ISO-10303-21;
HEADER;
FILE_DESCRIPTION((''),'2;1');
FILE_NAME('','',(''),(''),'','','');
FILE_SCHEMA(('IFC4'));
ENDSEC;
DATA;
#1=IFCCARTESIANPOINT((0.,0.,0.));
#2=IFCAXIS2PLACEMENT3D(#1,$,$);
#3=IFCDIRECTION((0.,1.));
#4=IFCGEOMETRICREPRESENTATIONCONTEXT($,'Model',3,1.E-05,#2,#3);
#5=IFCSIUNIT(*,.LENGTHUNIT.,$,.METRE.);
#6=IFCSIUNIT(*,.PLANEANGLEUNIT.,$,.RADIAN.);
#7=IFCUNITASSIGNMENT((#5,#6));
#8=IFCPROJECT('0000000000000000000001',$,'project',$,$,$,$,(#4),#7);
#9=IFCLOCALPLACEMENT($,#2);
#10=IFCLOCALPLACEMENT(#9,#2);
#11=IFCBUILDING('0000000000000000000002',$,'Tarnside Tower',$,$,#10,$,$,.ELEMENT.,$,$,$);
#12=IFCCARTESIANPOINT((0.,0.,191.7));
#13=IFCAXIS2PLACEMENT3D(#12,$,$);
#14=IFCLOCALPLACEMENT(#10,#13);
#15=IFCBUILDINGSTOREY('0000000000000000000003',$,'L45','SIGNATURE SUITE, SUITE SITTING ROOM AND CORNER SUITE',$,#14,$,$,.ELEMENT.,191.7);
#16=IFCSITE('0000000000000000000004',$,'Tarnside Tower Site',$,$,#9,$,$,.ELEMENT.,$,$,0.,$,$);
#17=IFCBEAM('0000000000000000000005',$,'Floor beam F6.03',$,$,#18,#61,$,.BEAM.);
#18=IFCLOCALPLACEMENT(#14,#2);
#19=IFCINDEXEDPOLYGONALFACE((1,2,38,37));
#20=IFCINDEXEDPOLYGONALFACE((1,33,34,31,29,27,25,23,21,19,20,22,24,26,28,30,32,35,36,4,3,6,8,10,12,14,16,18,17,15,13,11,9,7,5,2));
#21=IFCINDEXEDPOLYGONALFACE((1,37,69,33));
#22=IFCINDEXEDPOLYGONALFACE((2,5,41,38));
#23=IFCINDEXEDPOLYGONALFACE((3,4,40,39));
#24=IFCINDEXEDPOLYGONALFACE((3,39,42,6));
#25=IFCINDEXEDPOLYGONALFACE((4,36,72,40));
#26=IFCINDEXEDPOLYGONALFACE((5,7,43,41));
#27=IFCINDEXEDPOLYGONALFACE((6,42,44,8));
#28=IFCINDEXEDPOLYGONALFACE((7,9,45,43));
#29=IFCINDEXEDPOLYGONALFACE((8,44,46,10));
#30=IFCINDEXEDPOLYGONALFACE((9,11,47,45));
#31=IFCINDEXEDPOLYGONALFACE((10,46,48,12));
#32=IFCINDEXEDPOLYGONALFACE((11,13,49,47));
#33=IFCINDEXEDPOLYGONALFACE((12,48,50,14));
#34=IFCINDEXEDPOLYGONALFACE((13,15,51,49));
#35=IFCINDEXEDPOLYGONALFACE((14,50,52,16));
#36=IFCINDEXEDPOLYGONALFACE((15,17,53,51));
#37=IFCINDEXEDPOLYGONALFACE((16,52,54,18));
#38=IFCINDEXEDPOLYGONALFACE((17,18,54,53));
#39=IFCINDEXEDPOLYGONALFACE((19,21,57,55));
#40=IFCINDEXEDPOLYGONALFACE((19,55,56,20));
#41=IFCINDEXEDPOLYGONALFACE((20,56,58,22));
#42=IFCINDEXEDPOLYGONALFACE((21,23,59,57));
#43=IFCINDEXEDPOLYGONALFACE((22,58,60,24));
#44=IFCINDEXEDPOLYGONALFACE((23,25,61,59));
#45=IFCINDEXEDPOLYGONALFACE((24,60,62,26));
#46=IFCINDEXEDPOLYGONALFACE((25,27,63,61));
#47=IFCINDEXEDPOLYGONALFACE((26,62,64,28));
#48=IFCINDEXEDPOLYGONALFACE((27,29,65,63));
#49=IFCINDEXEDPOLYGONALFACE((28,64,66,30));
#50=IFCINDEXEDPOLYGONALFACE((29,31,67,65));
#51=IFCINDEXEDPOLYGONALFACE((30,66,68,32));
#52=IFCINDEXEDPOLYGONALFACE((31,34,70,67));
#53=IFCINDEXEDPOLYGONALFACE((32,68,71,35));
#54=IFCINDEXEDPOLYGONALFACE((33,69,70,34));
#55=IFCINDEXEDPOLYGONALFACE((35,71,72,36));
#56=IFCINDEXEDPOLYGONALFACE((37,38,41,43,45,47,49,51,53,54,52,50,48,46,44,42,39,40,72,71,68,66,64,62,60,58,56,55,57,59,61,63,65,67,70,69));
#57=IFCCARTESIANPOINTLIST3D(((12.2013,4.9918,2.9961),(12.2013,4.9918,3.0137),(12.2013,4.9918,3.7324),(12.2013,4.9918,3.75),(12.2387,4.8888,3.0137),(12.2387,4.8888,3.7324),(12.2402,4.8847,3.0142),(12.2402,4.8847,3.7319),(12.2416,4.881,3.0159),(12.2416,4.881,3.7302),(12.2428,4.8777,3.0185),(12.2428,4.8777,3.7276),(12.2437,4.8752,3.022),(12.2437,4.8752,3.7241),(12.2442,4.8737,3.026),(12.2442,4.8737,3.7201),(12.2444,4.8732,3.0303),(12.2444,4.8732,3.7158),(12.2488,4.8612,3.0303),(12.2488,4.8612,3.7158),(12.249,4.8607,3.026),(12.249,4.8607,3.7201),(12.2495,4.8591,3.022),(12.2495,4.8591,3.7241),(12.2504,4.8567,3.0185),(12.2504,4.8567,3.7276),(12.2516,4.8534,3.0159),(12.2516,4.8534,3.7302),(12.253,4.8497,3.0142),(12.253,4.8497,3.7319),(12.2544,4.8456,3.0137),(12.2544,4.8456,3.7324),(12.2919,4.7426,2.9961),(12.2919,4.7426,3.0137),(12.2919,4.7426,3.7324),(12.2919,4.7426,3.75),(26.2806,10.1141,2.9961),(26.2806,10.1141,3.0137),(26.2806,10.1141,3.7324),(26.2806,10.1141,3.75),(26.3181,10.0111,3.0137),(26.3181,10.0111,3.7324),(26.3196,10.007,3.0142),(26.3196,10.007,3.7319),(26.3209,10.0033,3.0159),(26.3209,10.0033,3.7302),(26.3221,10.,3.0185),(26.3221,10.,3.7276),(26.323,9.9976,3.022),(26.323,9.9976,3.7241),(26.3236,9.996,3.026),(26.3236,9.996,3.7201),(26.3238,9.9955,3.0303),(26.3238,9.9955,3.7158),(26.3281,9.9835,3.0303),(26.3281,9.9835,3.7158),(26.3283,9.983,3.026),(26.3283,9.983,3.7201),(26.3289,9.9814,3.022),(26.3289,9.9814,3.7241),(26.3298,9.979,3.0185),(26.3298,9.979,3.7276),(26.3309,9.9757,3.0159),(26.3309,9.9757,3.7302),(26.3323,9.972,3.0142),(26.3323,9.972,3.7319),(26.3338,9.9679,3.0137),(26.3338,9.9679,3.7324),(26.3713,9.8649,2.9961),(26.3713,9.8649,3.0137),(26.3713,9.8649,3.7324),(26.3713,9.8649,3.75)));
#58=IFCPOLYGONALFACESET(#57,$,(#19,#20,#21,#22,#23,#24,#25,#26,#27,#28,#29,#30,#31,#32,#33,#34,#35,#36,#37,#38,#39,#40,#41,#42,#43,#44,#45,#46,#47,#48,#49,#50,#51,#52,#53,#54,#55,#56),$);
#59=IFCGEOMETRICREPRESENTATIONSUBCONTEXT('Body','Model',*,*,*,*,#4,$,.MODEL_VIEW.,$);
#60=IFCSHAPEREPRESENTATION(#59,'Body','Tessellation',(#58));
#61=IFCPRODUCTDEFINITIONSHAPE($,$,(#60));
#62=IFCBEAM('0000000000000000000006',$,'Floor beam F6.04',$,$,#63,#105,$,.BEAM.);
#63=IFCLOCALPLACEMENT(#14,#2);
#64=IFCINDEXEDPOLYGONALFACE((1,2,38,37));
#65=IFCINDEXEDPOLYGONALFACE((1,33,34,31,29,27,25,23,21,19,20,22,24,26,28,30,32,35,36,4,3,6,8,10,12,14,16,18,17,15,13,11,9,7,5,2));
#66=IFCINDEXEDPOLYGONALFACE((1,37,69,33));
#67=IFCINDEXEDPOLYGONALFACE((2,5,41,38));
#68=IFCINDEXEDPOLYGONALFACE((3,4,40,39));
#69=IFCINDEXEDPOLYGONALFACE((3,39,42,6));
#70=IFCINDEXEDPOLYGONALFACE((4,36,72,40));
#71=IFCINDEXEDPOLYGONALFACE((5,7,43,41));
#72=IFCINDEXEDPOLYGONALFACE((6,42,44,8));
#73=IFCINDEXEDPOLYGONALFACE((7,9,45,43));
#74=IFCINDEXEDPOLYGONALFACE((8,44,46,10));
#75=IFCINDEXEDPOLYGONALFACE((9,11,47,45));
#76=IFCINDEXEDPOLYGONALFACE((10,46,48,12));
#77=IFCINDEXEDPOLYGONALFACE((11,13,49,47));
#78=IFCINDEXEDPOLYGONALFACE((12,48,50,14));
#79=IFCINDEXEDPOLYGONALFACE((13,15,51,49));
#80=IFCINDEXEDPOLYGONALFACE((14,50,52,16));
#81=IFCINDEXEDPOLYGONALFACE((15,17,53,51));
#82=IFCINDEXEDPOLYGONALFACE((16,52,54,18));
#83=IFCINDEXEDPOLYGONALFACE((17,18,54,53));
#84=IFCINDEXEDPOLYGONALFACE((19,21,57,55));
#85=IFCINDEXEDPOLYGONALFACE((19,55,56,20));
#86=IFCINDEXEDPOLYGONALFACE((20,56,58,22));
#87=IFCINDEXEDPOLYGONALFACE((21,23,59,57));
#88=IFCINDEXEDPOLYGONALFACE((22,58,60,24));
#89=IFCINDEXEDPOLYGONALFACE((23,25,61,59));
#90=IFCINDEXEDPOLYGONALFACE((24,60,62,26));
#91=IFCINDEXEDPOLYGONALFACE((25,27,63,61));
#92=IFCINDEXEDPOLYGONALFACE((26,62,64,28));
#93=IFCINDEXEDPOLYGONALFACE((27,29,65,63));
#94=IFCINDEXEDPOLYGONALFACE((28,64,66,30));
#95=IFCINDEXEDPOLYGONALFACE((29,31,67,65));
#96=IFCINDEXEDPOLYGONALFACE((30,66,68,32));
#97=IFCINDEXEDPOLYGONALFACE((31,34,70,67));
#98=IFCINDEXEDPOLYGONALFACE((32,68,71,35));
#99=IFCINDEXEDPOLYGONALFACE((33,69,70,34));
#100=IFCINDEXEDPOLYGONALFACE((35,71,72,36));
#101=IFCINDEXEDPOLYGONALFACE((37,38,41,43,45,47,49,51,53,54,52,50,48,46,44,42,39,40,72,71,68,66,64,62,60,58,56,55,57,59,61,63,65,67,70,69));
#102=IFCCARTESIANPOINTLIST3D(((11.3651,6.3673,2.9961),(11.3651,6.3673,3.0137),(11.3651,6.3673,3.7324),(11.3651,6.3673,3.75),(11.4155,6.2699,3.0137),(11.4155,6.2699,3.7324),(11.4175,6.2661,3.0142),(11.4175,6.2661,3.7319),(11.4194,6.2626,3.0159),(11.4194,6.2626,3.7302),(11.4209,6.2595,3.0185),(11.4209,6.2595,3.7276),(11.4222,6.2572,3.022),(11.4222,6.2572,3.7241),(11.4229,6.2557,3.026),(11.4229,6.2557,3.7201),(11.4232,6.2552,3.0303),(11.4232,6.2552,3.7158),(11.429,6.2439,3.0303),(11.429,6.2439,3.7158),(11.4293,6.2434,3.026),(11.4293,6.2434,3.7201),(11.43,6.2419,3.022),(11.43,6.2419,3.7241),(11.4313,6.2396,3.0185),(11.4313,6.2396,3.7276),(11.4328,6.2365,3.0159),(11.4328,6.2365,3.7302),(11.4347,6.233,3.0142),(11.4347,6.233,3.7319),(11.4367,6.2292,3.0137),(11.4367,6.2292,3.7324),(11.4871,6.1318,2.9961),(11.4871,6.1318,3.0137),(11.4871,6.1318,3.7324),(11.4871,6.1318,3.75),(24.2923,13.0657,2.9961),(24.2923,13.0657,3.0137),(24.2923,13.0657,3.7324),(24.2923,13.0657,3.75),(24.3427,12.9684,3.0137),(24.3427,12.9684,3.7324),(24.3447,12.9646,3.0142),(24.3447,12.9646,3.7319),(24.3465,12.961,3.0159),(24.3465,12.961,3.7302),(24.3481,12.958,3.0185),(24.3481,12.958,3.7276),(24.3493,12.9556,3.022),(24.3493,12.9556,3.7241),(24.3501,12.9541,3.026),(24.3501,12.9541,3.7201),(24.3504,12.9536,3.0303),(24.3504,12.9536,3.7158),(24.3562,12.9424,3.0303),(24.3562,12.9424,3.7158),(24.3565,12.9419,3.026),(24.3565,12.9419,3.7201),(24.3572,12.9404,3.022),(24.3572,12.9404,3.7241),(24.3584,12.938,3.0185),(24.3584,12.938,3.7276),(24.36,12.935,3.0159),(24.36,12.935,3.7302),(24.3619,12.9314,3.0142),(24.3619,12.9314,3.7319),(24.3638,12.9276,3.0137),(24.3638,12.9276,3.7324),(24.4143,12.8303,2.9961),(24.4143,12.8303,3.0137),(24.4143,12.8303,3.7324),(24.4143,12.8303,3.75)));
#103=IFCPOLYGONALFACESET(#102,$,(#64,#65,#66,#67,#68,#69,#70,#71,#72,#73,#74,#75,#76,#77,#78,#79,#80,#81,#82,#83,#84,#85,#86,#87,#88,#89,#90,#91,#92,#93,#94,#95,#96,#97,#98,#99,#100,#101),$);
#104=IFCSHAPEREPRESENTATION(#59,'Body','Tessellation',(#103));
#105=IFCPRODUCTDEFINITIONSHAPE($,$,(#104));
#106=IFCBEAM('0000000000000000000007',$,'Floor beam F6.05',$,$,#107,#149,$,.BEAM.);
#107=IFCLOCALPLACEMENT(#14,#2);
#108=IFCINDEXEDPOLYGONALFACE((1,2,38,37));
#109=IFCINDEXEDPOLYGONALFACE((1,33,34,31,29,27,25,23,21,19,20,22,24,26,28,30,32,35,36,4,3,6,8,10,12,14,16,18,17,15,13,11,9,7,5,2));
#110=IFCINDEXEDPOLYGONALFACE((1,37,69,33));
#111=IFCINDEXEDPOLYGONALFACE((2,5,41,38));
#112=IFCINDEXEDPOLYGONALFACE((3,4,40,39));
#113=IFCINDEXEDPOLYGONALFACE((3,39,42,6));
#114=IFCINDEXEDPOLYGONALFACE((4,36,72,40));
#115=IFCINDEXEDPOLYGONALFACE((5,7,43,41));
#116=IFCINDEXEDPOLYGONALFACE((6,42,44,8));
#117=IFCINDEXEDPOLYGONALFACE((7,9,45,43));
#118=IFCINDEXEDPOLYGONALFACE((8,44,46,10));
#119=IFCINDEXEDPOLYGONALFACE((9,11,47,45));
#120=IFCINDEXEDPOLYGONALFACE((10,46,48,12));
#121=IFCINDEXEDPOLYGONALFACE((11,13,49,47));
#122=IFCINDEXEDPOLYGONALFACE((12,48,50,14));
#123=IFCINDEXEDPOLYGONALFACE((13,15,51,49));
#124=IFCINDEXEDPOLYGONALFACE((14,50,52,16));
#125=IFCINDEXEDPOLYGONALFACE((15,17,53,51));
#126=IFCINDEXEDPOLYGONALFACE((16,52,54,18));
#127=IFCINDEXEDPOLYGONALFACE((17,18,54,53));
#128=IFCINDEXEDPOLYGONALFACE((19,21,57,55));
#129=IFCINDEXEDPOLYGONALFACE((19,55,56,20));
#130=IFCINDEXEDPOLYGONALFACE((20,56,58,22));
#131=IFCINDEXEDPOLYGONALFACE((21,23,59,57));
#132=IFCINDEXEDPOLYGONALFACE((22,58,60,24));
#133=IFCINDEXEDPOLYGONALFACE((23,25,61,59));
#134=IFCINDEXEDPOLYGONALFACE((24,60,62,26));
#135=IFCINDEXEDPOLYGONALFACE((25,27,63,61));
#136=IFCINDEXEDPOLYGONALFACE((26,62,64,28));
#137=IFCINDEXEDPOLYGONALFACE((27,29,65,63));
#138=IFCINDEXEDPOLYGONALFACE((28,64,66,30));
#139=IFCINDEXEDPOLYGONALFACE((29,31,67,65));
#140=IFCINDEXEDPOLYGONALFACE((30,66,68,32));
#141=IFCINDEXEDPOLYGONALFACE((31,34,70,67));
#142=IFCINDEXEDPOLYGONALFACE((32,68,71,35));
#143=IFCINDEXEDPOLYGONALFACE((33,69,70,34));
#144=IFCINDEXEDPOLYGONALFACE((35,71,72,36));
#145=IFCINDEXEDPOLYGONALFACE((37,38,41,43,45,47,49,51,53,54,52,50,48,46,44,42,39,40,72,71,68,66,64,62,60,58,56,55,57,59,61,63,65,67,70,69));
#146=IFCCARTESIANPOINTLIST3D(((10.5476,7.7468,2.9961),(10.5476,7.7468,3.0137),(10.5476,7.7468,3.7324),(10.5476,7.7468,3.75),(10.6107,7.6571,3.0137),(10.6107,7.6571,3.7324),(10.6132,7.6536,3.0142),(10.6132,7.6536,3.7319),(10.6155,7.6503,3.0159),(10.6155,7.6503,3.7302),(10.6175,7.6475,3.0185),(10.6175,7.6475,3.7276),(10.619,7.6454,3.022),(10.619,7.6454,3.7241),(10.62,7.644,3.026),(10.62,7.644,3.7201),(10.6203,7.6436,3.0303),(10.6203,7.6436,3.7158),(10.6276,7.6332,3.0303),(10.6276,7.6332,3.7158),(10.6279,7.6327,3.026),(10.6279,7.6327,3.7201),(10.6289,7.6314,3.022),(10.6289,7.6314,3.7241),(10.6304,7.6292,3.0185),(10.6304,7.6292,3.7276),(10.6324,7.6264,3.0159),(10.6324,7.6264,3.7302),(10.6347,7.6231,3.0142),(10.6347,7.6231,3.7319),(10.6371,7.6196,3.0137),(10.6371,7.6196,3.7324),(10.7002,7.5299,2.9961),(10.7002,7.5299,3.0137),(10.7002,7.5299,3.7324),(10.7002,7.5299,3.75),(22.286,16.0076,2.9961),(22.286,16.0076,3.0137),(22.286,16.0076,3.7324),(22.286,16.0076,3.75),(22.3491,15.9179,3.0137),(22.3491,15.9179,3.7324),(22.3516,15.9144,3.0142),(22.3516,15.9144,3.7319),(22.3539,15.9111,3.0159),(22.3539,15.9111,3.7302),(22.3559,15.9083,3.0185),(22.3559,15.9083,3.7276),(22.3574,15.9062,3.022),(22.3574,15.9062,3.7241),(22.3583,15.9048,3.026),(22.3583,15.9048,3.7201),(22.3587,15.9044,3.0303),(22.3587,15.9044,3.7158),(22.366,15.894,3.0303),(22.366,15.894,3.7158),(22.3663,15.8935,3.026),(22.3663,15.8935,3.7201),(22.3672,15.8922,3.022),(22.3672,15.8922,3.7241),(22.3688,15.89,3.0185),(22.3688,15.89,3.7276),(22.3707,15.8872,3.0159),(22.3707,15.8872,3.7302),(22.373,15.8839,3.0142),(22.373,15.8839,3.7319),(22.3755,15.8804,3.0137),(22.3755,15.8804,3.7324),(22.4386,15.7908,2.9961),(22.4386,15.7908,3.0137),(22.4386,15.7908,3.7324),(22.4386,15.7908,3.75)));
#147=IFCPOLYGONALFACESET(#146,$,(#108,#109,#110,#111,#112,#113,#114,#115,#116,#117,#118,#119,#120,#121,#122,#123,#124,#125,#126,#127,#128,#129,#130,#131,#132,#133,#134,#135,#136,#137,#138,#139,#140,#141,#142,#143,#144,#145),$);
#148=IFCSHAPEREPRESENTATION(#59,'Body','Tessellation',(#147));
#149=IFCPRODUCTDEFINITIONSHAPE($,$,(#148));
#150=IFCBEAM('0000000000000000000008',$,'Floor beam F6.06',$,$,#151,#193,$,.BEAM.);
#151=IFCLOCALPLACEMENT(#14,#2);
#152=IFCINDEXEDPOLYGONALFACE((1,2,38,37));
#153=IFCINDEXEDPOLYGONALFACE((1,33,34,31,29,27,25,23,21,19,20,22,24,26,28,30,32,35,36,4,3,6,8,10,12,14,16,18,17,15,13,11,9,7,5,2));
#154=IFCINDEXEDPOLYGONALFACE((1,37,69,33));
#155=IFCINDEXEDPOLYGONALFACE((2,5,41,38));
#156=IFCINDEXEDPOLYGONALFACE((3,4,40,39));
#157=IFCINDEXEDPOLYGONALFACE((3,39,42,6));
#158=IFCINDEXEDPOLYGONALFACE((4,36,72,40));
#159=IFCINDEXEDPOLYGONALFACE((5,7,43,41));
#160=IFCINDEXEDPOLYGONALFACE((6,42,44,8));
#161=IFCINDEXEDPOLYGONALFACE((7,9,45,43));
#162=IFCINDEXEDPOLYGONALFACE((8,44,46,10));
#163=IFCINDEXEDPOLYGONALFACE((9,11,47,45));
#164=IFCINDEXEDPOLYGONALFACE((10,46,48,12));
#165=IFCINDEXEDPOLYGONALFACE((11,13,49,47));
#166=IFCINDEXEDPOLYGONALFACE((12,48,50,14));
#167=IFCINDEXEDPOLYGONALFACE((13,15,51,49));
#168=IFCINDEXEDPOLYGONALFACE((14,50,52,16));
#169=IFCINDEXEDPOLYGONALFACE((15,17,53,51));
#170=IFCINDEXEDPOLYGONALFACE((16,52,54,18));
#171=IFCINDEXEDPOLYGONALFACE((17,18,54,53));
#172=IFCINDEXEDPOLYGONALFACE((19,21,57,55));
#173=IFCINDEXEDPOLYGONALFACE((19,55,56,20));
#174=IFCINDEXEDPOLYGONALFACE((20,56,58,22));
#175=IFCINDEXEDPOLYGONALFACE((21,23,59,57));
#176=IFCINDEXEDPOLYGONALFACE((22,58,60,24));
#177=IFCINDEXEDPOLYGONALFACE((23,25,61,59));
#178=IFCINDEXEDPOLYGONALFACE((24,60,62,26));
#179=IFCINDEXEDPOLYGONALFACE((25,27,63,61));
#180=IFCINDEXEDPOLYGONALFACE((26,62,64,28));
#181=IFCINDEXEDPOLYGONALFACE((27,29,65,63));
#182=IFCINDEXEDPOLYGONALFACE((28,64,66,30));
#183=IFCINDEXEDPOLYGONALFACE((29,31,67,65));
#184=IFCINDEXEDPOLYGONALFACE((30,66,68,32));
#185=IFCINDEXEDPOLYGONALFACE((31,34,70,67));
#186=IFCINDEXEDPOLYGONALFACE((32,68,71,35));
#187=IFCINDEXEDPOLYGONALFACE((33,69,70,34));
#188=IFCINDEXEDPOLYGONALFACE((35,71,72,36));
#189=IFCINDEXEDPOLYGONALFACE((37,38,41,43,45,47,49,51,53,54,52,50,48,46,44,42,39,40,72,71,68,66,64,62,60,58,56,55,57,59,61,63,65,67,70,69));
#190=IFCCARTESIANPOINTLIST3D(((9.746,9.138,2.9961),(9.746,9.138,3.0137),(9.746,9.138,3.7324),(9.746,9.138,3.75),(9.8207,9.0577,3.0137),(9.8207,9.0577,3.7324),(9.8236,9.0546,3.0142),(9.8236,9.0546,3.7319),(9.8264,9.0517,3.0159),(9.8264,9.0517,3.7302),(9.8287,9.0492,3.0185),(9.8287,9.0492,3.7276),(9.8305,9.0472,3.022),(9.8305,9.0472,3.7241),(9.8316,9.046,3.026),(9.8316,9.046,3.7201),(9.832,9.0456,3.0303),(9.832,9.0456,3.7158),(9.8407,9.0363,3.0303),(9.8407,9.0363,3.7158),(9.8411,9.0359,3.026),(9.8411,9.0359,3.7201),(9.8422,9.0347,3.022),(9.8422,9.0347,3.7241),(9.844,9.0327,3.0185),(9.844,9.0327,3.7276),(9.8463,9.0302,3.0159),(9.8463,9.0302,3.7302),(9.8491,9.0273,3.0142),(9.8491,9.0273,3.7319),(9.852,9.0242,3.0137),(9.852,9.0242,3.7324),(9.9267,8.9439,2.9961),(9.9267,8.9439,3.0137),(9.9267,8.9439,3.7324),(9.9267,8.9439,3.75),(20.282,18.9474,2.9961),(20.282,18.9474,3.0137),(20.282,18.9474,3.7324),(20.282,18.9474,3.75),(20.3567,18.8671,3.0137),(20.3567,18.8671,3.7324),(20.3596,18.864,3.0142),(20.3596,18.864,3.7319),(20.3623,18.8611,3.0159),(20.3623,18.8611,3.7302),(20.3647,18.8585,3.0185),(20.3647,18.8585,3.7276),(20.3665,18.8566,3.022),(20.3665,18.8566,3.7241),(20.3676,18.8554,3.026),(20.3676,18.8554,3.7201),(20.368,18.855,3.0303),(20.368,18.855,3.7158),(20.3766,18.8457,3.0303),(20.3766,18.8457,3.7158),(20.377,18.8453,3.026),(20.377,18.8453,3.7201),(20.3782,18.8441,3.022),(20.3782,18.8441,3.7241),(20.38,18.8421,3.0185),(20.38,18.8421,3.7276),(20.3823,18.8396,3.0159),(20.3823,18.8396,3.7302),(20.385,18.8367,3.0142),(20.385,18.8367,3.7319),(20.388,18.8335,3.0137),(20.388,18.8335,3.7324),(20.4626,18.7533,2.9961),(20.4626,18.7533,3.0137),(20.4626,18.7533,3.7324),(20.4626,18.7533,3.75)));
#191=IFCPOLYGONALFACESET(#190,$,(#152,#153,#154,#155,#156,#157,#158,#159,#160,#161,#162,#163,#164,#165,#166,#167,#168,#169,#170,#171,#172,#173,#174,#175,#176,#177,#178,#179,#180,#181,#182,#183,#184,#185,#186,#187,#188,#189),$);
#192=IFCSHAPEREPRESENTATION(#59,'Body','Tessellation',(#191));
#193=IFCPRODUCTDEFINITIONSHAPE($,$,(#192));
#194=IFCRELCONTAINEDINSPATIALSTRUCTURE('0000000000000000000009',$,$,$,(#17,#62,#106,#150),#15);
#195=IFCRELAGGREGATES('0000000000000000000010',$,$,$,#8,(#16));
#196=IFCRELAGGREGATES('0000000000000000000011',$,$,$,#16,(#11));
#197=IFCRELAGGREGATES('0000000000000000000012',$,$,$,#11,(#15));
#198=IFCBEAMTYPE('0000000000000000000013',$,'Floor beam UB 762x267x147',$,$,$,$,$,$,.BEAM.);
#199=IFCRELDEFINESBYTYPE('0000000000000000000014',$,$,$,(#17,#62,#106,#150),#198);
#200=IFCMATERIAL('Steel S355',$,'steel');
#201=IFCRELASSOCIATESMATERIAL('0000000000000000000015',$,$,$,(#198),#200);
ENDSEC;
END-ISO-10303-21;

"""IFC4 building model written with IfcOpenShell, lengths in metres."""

from ifc_helpers import new_model, si_unit, direction, frame, origin, origin_2d, place, context, subcontext, project, spatial, i_section, extrude, material, material_profile, profile_set, type_object, element, save


model = new_model("IFC4")

# Units and contexts
model_context = context("Model", 3, precision=1e-05, world=origin(), true_north=direction((0.0, 1.0)))
body_context = subcontext(model_context, "Body", "Model", "MODEL_VIEW")
ifc_project = project(units=[si_unit("LENGTHUNIT", "METRE"), si_unit("PLANEANGLEUNIT", "RADIAN")], contexts=[model_context])

# Site, building, storey
site_placement = place(None, origin())
site = spatial("IfcSite", under=ifc_project, at=site_placement, Name="Tarnside Tower Site", CompositionType="ELEMENT", RefElevation=0.0)
building_placement = place(site_placement, origin())
building = spatial("IfcBuilding", under=site, at=building_placement, Name="Tarnside Tower", CompositionType="ELEMENT")
storey_placement = place(building_placement, frame((0.0, 0.0, 191.7)))
storey = spatial("IfcBuildingStorey", under=building, at=storey_placement, Name="L45", Description="SIGNATURE SUITE, SUITE SITTING ROOM AND CORNER SUITE", CompositionType="ELEMENT", Elevation=191.7)

# Beams
ifc_material_1 = material(Name="Steel S355", Category="steel")
ifc_material_profile_1 = material_profile(ifc_material_1, i_section(OverallWidth=0.2651, OverallDepth=0.7539, WebThickness=0.0127, FlangeThickness=0.0176, FilletRadius=0.0166, at=origin_2d()), Name="UB 762x267x147")
ifc_profile_set_1 = profile_set([ifc_material_profile_1], Name="Steel S355")
beam_type_1 = type_object("IfcBeamType", Name="Floor beam UB 762x267x147", PredefinedType="BEAM", material=ifc_profile_set_1)
beam_1_placement = place(storey_placement, frame((26.3259, 9.9895, 3.373), z_axis=(-0.939739, -0.341894, 0.0), x_axis=(0.341894, -0.939739, 0.0)))
element("IfcBeam", 1, at=beam_1_placement, inside=storey, type_object=beam_type_1, Name="Floor beam F6.03", PredefinedType="BEAM", context=body_context, shape_type="SweptSolid", body=[
    extrude(i_section(OverallWidth=0.2651, OverallDepth=0.7539, WebThickness=0.0127, FlangeThickness=0.0176, FilletRadius=0.0166, at=origin_2d()), origin(), (0.0, 0.0, 1.0), 14.9822),
])
beam_2_placement = place(storey_placement, frame((24.3533, 12.948, 3.373), z_axis=(-0.887882, -0.460072, 0.0), x_axis=(0.460072, -0.887882, 0.0)))
element("IfcBeam", 2, at=beam_2_placement, inside=storey, type_object=beam_type_1, Name="Floor beam F6.04", PredefinedType="BEAM", context=body_context, shape_type="SweptSolid", body=[
    extrude(i_section(OverallWidth=0.2651, OverallDepth=0.7539, WebThickness=0.0127, FlangeThickness=0.0176, FilletRadius=0.0166, at=origin_2d()), origin(), (0.0, 0.0, 1.0), 14.5596),
])
beam_3_placement = place(storey_placement, frame((22.3623, 15.8992, 3.373), z_axis=(-0.817791, -0.575515, 0.0), x_axis=(0.575515, -0.817791, 0.0)))
element("IfcBeam", 3, at=beam_3_placement, inside=storey, type_object=beam_type_1, Name="Floor beam F6.05", PredefinedType="BEAM", context=body_context, shape_type="SweptSolid", body=[
    extrude(i_section(OverallWidth=0.2651, OverallDepth=0.7539, WebThickness=0.0127, FlangeThickness=0.0176, FilletRadius=0.0166, at=origin_2d()), origin(), (0.0, 0.0, 1.0), 14.3538),
])
beam_4_placement = place(storey_placement, frame((20.3723, 18.8503, 3.373), z_axis=(-0.731892, -0.68142, 0.0), x_axis=(0.68142, -0.731892, 0.0)))
element("IfcBeam", 4, at=beam_4_placement, inside=storey, type_object=beam_type_1, Name="Floor beam F6.06", PredefinedType="BEAM", context=body_context, shape_type="SweptSolid", body=[
    extrude(i_section(OverallWidth=0.2651, OverallDepth=0.7539, WebThickness=0.0127, FlangeThickness=0.0176, FilletRadius=0.0166, at=origin_2d()), origin(), (0.0, 0.0, 1.0), 14.3955),
])

save(model, "model.ifc")
